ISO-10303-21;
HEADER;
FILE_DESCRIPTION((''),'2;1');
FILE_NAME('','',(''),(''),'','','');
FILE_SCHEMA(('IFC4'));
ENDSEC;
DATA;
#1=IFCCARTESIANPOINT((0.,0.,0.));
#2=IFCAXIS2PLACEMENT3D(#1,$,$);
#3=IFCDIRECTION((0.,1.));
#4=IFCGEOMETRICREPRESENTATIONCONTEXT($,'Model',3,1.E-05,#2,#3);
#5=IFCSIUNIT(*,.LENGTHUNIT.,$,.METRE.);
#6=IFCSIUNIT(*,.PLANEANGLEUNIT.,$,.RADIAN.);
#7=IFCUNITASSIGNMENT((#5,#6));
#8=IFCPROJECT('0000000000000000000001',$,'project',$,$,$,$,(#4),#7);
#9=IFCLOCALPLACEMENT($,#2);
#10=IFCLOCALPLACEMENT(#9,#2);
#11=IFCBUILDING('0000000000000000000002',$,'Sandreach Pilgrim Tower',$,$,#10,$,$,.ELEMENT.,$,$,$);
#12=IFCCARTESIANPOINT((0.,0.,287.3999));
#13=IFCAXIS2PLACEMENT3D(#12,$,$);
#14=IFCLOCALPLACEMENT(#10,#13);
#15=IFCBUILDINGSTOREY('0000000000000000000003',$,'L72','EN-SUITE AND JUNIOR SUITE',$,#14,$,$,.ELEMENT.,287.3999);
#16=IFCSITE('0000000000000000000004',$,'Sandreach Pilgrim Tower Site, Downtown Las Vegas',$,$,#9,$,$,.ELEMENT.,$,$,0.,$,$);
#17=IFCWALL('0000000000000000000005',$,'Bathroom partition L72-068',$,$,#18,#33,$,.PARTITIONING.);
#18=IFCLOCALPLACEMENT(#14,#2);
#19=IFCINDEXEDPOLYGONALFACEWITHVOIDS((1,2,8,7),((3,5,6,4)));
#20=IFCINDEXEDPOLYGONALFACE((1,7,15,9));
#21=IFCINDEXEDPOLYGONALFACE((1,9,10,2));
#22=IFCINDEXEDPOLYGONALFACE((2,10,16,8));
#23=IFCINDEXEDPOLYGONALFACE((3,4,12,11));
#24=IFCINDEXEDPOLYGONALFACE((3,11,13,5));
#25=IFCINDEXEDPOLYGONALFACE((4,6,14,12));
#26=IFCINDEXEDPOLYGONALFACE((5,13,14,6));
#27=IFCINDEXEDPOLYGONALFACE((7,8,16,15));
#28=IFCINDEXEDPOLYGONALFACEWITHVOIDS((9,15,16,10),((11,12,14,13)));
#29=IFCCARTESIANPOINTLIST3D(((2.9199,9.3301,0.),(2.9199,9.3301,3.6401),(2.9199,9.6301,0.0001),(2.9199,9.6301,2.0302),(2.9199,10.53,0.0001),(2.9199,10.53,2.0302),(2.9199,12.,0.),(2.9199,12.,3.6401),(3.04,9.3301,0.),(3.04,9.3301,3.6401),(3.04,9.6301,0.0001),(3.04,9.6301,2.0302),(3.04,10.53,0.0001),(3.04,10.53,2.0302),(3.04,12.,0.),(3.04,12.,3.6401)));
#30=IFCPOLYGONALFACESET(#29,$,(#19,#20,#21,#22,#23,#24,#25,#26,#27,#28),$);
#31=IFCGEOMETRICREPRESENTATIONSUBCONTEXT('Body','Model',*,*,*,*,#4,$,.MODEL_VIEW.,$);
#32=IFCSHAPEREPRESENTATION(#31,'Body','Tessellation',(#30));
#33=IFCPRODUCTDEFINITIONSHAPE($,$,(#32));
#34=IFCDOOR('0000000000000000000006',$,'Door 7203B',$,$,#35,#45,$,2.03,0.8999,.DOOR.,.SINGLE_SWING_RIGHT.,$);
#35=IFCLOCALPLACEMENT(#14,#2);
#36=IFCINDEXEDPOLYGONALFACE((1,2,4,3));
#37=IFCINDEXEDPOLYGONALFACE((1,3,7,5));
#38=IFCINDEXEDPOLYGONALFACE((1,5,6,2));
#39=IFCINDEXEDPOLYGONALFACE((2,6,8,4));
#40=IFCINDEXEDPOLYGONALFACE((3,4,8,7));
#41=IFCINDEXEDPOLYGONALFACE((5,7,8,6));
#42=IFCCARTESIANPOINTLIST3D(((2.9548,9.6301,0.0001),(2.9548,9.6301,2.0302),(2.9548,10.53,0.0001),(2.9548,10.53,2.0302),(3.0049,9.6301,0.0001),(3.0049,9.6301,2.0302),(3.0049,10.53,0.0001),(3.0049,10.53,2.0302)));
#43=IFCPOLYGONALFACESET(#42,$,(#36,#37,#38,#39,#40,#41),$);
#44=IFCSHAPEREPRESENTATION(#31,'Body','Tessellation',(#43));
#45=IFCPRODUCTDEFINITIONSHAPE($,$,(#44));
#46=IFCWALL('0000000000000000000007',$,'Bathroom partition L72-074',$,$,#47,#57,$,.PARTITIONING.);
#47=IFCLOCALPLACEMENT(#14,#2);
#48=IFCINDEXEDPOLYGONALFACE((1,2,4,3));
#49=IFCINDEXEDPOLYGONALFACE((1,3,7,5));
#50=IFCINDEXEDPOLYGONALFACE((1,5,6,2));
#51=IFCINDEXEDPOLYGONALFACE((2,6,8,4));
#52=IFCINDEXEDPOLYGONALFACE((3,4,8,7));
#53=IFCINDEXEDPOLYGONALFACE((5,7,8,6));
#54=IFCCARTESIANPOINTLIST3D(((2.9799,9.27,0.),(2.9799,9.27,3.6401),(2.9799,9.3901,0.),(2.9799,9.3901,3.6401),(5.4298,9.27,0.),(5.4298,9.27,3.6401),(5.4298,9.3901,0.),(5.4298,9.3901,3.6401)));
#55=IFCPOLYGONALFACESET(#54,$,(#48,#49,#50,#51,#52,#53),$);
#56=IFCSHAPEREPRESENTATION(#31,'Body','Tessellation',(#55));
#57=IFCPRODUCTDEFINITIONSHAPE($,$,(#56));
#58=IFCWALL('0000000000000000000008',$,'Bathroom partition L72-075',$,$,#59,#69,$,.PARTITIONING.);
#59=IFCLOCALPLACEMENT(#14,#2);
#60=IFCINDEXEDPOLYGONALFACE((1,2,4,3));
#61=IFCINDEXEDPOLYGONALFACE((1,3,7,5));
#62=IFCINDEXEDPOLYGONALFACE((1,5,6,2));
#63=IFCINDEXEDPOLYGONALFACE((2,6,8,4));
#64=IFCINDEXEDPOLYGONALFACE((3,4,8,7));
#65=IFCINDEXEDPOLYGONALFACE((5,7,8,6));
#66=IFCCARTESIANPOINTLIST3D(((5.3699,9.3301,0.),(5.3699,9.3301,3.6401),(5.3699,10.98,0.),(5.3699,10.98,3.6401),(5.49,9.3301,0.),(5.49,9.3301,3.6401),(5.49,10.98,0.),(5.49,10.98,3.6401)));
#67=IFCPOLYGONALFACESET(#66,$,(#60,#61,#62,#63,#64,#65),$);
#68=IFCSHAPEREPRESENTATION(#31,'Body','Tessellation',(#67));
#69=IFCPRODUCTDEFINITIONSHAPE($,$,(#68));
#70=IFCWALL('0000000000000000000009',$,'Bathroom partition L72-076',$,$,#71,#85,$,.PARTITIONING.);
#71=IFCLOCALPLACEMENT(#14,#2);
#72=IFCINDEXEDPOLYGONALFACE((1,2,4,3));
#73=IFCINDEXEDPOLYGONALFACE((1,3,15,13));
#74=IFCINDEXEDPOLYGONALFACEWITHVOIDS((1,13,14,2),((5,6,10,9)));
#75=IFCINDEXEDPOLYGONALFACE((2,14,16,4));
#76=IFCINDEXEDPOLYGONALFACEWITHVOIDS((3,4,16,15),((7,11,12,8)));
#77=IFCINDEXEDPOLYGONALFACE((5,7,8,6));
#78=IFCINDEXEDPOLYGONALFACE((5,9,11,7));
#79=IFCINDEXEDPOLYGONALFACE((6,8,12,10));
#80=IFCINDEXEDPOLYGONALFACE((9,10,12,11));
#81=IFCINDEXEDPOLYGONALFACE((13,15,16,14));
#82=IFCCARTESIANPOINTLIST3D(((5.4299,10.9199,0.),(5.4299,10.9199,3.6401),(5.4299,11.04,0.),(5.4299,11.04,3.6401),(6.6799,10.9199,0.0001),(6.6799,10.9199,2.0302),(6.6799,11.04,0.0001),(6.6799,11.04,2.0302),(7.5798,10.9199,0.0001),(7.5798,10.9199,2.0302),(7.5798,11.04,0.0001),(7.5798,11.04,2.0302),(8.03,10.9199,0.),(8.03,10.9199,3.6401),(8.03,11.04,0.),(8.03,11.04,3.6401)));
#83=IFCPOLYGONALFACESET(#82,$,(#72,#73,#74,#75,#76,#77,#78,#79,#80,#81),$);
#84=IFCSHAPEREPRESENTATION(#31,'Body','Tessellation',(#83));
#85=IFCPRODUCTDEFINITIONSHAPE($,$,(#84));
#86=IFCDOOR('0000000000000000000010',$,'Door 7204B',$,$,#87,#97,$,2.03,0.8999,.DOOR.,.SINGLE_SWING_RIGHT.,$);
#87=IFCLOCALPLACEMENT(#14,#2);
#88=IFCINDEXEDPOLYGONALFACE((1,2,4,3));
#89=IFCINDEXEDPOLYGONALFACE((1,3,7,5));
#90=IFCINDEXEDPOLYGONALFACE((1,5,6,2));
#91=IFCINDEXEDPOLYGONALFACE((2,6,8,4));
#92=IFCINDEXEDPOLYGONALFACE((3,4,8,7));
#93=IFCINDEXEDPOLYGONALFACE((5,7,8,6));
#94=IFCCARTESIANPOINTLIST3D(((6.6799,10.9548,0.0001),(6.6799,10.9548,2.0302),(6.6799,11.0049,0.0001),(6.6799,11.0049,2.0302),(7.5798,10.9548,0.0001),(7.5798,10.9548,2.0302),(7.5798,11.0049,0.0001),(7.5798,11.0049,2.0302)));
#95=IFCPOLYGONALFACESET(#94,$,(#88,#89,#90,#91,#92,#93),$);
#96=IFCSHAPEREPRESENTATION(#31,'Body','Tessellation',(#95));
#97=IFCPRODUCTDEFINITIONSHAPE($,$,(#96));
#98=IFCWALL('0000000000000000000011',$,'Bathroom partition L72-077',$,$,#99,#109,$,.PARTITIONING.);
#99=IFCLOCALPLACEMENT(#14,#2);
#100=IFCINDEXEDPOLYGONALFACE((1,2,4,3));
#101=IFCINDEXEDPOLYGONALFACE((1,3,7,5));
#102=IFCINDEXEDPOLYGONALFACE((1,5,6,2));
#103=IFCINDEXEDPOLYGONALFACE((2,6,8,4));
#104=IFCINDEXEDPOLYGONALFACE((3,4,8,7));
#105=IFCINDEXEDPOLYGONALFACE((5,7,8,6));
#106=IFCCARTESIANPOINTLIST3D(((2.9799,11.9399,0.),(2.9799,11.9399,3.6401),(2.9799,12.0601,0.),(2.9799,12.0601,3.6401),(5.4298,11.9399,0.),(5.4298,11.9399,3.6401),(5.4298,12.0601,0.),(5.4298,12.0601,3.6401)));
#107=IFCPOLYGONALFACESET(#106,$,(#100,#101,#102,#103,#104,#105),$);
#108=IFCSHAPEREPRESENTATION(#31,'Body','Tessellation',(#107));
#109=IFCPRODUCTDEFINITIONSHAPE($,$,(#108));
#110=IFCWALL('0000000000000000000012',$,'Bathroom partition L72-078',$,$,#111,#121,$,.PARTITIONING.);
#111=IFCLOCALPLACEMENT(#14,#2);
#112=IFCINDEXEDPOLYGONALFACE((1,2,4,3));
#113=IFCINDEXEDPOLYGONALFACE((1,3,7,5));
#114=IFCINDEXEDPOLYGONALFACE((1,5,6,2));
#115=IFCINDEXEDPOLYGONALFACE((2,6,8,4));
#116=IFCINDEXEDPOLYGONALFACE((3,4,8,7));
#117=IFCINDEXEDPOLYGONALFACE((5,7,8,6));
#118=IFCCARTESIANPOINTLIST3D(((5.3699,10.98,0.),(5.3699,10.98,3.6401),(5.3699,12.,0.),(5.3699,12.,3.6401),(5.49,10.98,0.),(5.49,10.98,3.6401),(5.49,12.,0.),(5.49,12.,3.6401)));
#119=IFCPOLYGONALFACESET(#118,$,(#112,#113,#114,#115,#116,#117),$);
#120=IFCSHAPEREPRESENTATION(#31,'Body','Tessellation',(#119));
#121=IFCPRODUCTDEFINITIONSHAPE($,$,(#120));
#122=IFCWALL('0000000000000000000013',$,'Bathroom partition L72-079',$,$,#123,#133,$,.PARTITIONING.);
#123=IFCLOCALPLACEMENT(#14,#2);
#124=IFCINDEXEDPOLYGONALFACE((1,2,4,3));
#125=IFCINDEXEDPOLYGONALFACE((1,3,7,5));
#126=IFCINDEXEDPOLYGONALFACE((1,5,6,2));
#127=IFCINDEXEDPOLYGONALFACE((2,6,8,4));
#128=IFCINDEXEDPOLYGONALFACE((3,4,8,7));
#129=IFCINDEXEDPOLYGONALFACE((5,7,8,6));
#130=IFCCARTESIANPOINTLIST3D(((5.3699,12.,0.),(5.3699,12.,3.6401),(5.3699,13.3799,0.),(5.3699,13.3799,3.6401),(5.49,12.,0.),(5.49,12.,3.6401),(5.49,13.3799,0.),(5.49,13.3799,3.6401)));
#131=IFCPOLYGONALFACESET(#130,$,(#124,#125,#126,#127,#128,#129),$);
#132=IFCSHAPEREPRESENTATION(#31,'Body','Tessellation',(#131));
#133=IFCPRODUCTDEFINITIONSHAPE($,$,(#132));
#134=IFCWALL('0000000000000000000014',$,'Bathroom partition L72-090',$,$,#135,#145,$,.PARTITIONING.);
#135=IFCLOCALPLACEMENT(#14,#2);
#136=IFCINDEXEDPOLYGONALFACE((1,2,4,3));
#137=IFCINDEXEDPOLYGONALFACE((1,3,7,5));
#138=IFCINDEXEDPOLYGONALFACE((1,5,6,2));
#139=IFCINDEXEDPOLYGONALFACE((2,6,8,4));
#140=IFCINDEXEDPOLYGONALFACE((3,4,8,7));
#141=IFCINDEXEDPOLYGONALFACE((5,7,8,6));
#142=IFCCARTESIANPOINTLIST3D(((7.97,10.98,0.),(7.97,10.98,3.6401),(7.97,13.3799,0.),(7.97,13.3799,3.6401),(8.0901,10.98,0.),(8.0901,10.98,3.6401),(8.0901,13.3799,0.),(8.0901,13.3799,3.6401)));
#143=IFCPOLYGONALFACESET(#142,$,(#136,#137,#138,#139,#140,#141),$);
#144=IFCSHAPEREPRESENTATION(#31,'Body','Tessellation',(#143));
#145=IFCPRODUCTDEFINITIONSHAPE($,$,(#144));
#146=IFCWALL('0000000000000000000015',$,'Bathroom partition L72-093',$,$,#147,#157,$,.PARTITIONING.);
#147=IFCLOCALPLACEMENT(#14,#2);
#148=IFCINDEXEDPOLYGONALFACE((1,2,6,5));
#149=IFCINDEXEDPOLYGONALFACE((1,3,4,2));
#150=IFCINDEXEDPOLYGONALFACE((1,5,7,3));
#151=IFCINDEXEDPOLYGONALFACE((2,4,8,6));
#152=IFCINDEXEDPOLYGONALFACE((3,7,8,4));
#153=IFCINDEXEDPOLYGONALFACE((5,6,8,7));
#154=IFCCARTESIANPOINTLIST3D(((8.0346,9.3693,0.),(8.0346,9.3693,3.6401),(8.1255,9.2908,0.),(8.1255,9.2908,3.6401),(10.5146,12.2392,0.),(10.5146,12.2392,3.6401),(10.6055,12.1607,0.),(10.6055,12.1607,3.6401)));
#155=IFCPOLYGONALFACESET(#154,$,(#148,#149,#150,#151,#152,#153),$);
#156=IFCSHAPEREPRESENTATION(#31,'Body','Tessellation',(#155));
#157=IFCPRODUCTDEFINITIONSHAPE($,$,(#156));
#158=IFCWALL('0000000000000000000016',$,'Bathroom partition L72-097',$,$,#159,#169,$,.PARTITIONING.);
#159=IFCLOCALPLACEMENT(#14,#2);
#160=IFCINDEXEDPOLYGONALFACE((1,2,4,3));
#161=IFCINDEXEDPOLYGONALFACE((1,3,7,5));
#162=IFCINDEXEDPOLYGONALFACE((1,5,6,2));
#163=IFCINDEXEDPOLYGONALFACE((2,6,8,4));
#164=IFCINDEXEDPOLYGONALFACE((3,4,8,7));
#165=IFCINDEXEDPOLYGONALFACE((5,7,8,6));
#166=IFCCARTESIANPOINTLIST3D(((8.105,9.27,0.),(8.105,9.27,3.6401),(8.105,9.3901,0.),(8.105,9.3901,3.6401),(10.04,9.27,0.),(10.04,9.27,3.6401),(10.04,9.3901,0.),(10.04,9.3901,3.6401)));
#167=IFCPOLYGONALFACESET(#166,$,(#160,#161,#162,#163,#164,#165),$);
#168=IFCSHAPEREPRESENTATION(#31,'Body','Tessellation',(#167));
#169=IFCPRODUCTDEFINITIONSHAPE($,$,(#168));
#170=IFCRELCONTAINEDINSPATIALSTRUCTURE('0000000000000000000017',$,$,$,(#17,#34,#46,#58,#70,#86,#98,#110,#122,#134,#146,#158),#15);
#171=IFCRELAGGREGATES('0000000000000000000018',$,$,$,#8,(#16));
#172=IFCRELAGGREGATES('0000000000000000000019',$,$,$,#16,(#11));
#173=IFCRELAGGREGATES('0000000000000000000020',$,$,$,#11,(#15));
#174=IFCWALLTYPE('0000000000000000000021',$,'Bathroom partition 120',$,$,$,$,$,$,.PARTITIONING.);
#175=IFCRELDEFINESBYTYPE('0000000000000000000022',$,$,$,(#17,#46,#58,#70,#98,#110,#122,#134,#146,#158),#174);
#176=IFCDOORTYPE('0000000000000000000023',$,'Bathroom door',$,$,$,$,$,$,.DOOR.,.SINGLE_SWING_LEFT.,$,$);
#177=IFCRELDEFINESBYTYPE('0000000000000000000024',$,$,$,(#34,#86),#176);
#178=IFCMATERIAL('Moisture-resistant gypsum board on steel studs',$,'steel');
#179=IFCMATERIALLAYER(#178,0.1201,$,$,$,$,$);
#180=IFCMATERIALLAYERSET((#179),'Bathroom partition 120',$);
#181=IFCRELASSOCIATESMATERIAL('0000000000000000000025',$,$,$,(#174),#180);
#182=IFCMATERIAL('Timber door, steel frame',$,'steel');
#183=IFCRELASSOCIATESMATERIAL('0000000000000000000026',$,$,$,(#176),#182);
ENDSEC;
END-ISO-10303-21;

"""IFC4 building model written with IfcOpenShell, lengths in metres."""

from ifc_helpers import new_model, si_unit, direction, frame, frame_2d, origin, place, context, subcontext, project, spatial, rectangle, extrude, material, layer, layer_set, type_object, element, fill, save


model = new_model("IFC4")

# Units and contexts
model_context = context("Model", 3, precision=1e-05, world=origin(), true_north=direction((0.0, 1.0)))
body_context = subcontext(model_context, "Body", "Model", "MODEL_VIEW")
ifc_project = project(units=[si_unit("LENGTHUNIT", "METRE"), si_unit("PLANEANGLEUNIT", "RADIAN")], contexts=[model_context])

# Site, building, storey
site_placement = place(None, origin())
site = spatial("IfcSite", under=ifc_project, at=site_placement, Name="Sandreach Pilgrim Tower Site, Downtown Las Vegas", CompositionType="ELEMENT", RefElevation=0.0)
building_placement = place(site_placement, origin())
building = spatial("IfcBuilding", under=site, at=building_placement, Name="Sandreach Pilgrim Tower", CompositionType="ELEMENT")
storey_placement = place(building_placement, frame((0.0, 0.0, 287.3999)))
storey = spatial("IfcBuildingStorey", under=building, at=storey_placement, Name="L72", Description="EN-SUITE AND JUNIOR SUITE", CompositionType="ELEMENT", Elevation=287.3999)

# Wall, opening, door
ifc_material_1 = material(Name="Moisture-resistant gypsum board on steel studs", Category="steel")
ifc_layer_1 = layer(ifc_material_1, 0.1201)
ifc_layer_set_1 = layer_set([ifc_layer_1], Name="Bathroom partition 120")
wall_type_1 = type_object("IfcWallType", Name="Bathroom partition 120", PredefinedType="PARTITIONING", material=ifc_layer_set_1)
wall_1_placement = place(storey_placement, frame((2.98, 12.0, 0.0), z_axis=(0.0, 0.0, 1.0), x_axis=(0.0, -1.0, 0.0)))
wall_1 = element("IfcWall", 1, at=wall_1_placement, inside=storey, type_object=wall_type_1, Name="Bathroom partition L72-068", PredefinedType="PARTITIONING", context=body_context, shape_type="SweptSolid", body=[
    extrude(rectangle(XDim=2.6699, YDim=0.1201, at=frame_2d((1.335, 0.0))), origin(), (0.0, 0.0, 1.0), 3.6401),
])
opening_1_placement = place(wall_1_placement, frame((1.47, 0.0, 0.0)))
opening_1 = element("IfcOpeningElement", 2, at=opening_1_placement, cuts=wall_1, PredefinedType="OPENING", context=body_context, shape_type="SweptSolid", body=[
    extrude(rectangle(XDim=0.8999, YDim=2.03, at=frame_2d((0.45, 1.0151))), frame((0.0, 0.0601, 0.0), z_axis=(0.0, -1.0, 0.0), x_axis=(1.0, 0.0, 0.0)), (0.0, 0.0, 1.0), 0.1201),
])
ifc_material_2 = material(Name="Timber door, steel frame", Category="steel")
door_type_1 = type_object("IfcDoorType", Name="Bathroom door", OperationType="SINGLE_SWING_LEFT", PredefinedType="DOOR", material=ifc_material_2)
door_1_placement = place(opening_1_placement, origin())
door_1 = element("IfcDoor", 3, at=door_1_placement, inside=storey, type_object=door_type_1, Name="Door 7203B", OperationType="SINGLE_SWING_RIGHT", OverallHeight=2.03, OverallWidth=0.8999, PredefinedType="DOOR", context=body_context, shape_type="SweptSolid", body=[
    extrude(rectangle(XDim=0.8999, YDim=2.03, at=frame_2d((0.45, 1.0151))), frame((0.0, 0.0249, 0.0), z_axis=(0.0, -1.0, 0.0), x_axis=(1.0, 0.0, 0.0)), (0.0, 0.0, 1.0), 0.05),
])
fill(opening_1, door_1)

# Walls
wall_2_placement = place(storey_placement, frame((5.4299, 9.3301, 0.0), z_axis=(0.0, 0.0, 1.0), x_axis=(-1.0, 0.0, 0.0)))
element("IfcWall", 4, at=wall_2_placement, inside=storey, type_object=wall_type_1, Name="Bathroom partition L72-074", PredefinedType="PARTITIONING", context=body_context, shape_type="SweptSolid", body=[
    extrude(rectangle(XDim=2.45, YDim=0.1201, at=frame_2d((1.2251, 0.0))), origin(), (0.0, 0.0, 1.0), 3.6401),
])
wall_3_placement = place(storey_placement, frame((5.4299, 10.98, 0.0), z_axis=(0.0, 0.0, 1.0), x_axis=(0.0, -1.0, 0.0)))
element("IfcWall", 5, at=wall_3_placement, inside=storey, type_object=wall_type_1, Name="Bathroom partition L72-075", PredefinedType="PARTITIONING", context=body_context, shape_type="SweptSolid", body=[
    extrude(rectangle(XDim=1.6499, YDim=0.1201, at=frame_2d((0.825, 0.0))), origin(), (0.0, 0.0, 1.0), 3.6401),
])

# Wall, opening, door
wall_4_placement = place(storey_placement, frame((5.4299, 10.98, 0.0), z_axis=(0.0, 0.0, 1.0), x_axis=(1.0, 0.0, 0.0)))
wall_4 = element("IfcWall", 6, at=wall_4_placement, inside=storey, type_object=wall_type_1, Name="Bathroom partition L72-076", PredefinedType="PARTITIONING", context=body_context, shape_type="SweptSolid", body=[
    extrude(rectangle(XDim=2.6001, YDim=0.1201, at=frame_2d((1.3, 0.0))), origin(), (0.0, 0.0, 1.0), 3.6401),
])
opening_2_placement = place(wall_4_placement, frame((1.25, 0.0, 0.0)))
opening_2 = element("IfcOpeningElement", 7, at=opening_2_placement, cuts=wall_4, PredefinedType="OPENING", context=body_context, shape_type="SweptSolid", body=[
    extrude(rectangle(XDim=0.8999, YDim=2.03, at=frame_2d((0.45, 1.0151))), frame((0.0, 0.0601, 0.0), z_axis=(0.0, -1.0, 0.0), x_axis=(1.0, 0.0, 0.0)), (0.0, 0.0, 1.0), 0.1201),
])
door_2_placement = place(opening_2_placement, origin())
door_2 = element("IfcDoor", 8, at=door_2_placement, inside=storey, type_object=door_type_1, Name="Door 7204B", OperationType="SINGLE_SWING_RIGHT", OverallHeight=2.03, OverallWidth=0.8999, PredefinedType="DOOR", context=body_context, shape_type="SweptSolid", body=[
    extrude(rectangle(XDim=0.8999, YDim=2.03, at=frame_2d((0.45, 1.0151))), frame((0.0, 0.0249, 0.0), z_axis=(0.0, -1.0, 0.0), x_axis=(1.0, 0.0, 0.0)), (0.0, 0.0, 1.0), 0.05),
])
fill(opening_2, door_2)

# Walls
wall_5_placement = place(storey_placement, frame((5.4299, 12.0, 0.0), z_axis=(0.0, 0.0, 1.0), x_axis=(-1.0, 0.0, 0.0)))
element("IfcWall", 9, at=wall_5_placement, inside=storey, type_object=wall_type_1, Name="Bathroom partition L72-077", PredefinedType="PARTITIONING", context=body_context, shape_type="SweptSolid", body=[
    extrude(rectangle(XDim=2.45, YDim=0.1201, at=frame_2d((1.2251, 0.0))), origin(), (0.0, 0.0, 1.0), 3.6401),
])
wall_6_placement = place(storey_placement, frame((5.4299, 12.0, 0.0), z_axis=(0.0, 0.0, 1.0), x_axis=(0.0, -1.0, 0.0)))
element("IfcWall", 10, at=wall_6_placement, inside=storey, type_object=wall_type_1, Name="Bathroom partition L72-078", PredefinedType="PARTITIONING", context=body_context, shape_type="SweptSolid", body=[
    extrude(rectangle(XDim=1.02, YDim=0.1201, at=frame_2d((0.51, 0.0))), origin(), (0.0, 0.0, 1.0), 3.6401),
])
wall_7_placement = place(storey_placement, frame((5.4299, 13.3799, 0.0), z_axis=(0.0, 0.0, 1.0), x_axis=(0.0, -1.0, 0.0)))
element("IfcWall", 11, at=wall_7_placement, inside=storey, type_object=wall_type_1, Name="Bathroom partition L72-079", PredefinedType="PARTITIONING", context=body_context, shape_type="SweptSolid", body=[
    extrude(rectangle(XDim=1.3799, YDim=0.1201, at=frame_2d((0.6899, 0.0))), origin(), (0.0, 0.0, 1.0), 3.6401),
])
wall_8_placement = place(storey_placement, frame((8.03, 10.98, 0.0), z_axis=(0.0, 0.0, 1.0), x_axis=(0.0, 1.0, 0.0)))
element("IfcWall", 12, at=wall_8_placement, inside=storey, type_object=wall_type_1, Name="Bathroom partition L72-090", PredefinedType="PARTITIONING", context=body_context, shape_type="SweptSolid", body=[
    extrude(rectangle(XDim=2.3999, YDim=0.1201, at=frame_2d((1.2, 0.0))), origin(), (0.0, 0.0, 1.0), 3.6401),
])
wall_9_placement = place(storey_placement, frame((8.0801, 9.3301, 0.0), z_axis=(0.0, 0.0, 1.0), x_axis=(0.653839, 0.756633, 0.0)))
element("IfcWall", 13, at=wall_9_placement, inside=storey, type_object=wall_type_1, Name="Bathroom partition L72-093", PredefinedType="PARTITIONING", context=body_context, shape_type="SweptSolid", body=[
    extrude(rectangle(XDim=3.793, YDim=0.1201, at=frame_2d((1.8965, 0.0))), origin(), (0.0, 0.0, 1.0), 3.6401),
])
wall_10_placement = place(storey_placement, frame((10.04, 9.3301, 0.0), z_axis=(0.0, 0.0, 1.0), x_axis=(-1.0, 0.0, 0.0)))
element("IfcWall", 14, at=wall_10_placement, inside=storey, type_object=wall_type_1, Name="Bathroom partition L72-097", PredefinedType="PARTITIONING", context=body_context, shape_type="SweptSolid", body=[
    extrude(rectangle(XDim=1.9351, YDim=0.1201, at=frame_2d((0.9675, 0.0))), origin(), (0.0, 0.0, 1.0), 3.6401),
])

save(model, "model.ifc")
